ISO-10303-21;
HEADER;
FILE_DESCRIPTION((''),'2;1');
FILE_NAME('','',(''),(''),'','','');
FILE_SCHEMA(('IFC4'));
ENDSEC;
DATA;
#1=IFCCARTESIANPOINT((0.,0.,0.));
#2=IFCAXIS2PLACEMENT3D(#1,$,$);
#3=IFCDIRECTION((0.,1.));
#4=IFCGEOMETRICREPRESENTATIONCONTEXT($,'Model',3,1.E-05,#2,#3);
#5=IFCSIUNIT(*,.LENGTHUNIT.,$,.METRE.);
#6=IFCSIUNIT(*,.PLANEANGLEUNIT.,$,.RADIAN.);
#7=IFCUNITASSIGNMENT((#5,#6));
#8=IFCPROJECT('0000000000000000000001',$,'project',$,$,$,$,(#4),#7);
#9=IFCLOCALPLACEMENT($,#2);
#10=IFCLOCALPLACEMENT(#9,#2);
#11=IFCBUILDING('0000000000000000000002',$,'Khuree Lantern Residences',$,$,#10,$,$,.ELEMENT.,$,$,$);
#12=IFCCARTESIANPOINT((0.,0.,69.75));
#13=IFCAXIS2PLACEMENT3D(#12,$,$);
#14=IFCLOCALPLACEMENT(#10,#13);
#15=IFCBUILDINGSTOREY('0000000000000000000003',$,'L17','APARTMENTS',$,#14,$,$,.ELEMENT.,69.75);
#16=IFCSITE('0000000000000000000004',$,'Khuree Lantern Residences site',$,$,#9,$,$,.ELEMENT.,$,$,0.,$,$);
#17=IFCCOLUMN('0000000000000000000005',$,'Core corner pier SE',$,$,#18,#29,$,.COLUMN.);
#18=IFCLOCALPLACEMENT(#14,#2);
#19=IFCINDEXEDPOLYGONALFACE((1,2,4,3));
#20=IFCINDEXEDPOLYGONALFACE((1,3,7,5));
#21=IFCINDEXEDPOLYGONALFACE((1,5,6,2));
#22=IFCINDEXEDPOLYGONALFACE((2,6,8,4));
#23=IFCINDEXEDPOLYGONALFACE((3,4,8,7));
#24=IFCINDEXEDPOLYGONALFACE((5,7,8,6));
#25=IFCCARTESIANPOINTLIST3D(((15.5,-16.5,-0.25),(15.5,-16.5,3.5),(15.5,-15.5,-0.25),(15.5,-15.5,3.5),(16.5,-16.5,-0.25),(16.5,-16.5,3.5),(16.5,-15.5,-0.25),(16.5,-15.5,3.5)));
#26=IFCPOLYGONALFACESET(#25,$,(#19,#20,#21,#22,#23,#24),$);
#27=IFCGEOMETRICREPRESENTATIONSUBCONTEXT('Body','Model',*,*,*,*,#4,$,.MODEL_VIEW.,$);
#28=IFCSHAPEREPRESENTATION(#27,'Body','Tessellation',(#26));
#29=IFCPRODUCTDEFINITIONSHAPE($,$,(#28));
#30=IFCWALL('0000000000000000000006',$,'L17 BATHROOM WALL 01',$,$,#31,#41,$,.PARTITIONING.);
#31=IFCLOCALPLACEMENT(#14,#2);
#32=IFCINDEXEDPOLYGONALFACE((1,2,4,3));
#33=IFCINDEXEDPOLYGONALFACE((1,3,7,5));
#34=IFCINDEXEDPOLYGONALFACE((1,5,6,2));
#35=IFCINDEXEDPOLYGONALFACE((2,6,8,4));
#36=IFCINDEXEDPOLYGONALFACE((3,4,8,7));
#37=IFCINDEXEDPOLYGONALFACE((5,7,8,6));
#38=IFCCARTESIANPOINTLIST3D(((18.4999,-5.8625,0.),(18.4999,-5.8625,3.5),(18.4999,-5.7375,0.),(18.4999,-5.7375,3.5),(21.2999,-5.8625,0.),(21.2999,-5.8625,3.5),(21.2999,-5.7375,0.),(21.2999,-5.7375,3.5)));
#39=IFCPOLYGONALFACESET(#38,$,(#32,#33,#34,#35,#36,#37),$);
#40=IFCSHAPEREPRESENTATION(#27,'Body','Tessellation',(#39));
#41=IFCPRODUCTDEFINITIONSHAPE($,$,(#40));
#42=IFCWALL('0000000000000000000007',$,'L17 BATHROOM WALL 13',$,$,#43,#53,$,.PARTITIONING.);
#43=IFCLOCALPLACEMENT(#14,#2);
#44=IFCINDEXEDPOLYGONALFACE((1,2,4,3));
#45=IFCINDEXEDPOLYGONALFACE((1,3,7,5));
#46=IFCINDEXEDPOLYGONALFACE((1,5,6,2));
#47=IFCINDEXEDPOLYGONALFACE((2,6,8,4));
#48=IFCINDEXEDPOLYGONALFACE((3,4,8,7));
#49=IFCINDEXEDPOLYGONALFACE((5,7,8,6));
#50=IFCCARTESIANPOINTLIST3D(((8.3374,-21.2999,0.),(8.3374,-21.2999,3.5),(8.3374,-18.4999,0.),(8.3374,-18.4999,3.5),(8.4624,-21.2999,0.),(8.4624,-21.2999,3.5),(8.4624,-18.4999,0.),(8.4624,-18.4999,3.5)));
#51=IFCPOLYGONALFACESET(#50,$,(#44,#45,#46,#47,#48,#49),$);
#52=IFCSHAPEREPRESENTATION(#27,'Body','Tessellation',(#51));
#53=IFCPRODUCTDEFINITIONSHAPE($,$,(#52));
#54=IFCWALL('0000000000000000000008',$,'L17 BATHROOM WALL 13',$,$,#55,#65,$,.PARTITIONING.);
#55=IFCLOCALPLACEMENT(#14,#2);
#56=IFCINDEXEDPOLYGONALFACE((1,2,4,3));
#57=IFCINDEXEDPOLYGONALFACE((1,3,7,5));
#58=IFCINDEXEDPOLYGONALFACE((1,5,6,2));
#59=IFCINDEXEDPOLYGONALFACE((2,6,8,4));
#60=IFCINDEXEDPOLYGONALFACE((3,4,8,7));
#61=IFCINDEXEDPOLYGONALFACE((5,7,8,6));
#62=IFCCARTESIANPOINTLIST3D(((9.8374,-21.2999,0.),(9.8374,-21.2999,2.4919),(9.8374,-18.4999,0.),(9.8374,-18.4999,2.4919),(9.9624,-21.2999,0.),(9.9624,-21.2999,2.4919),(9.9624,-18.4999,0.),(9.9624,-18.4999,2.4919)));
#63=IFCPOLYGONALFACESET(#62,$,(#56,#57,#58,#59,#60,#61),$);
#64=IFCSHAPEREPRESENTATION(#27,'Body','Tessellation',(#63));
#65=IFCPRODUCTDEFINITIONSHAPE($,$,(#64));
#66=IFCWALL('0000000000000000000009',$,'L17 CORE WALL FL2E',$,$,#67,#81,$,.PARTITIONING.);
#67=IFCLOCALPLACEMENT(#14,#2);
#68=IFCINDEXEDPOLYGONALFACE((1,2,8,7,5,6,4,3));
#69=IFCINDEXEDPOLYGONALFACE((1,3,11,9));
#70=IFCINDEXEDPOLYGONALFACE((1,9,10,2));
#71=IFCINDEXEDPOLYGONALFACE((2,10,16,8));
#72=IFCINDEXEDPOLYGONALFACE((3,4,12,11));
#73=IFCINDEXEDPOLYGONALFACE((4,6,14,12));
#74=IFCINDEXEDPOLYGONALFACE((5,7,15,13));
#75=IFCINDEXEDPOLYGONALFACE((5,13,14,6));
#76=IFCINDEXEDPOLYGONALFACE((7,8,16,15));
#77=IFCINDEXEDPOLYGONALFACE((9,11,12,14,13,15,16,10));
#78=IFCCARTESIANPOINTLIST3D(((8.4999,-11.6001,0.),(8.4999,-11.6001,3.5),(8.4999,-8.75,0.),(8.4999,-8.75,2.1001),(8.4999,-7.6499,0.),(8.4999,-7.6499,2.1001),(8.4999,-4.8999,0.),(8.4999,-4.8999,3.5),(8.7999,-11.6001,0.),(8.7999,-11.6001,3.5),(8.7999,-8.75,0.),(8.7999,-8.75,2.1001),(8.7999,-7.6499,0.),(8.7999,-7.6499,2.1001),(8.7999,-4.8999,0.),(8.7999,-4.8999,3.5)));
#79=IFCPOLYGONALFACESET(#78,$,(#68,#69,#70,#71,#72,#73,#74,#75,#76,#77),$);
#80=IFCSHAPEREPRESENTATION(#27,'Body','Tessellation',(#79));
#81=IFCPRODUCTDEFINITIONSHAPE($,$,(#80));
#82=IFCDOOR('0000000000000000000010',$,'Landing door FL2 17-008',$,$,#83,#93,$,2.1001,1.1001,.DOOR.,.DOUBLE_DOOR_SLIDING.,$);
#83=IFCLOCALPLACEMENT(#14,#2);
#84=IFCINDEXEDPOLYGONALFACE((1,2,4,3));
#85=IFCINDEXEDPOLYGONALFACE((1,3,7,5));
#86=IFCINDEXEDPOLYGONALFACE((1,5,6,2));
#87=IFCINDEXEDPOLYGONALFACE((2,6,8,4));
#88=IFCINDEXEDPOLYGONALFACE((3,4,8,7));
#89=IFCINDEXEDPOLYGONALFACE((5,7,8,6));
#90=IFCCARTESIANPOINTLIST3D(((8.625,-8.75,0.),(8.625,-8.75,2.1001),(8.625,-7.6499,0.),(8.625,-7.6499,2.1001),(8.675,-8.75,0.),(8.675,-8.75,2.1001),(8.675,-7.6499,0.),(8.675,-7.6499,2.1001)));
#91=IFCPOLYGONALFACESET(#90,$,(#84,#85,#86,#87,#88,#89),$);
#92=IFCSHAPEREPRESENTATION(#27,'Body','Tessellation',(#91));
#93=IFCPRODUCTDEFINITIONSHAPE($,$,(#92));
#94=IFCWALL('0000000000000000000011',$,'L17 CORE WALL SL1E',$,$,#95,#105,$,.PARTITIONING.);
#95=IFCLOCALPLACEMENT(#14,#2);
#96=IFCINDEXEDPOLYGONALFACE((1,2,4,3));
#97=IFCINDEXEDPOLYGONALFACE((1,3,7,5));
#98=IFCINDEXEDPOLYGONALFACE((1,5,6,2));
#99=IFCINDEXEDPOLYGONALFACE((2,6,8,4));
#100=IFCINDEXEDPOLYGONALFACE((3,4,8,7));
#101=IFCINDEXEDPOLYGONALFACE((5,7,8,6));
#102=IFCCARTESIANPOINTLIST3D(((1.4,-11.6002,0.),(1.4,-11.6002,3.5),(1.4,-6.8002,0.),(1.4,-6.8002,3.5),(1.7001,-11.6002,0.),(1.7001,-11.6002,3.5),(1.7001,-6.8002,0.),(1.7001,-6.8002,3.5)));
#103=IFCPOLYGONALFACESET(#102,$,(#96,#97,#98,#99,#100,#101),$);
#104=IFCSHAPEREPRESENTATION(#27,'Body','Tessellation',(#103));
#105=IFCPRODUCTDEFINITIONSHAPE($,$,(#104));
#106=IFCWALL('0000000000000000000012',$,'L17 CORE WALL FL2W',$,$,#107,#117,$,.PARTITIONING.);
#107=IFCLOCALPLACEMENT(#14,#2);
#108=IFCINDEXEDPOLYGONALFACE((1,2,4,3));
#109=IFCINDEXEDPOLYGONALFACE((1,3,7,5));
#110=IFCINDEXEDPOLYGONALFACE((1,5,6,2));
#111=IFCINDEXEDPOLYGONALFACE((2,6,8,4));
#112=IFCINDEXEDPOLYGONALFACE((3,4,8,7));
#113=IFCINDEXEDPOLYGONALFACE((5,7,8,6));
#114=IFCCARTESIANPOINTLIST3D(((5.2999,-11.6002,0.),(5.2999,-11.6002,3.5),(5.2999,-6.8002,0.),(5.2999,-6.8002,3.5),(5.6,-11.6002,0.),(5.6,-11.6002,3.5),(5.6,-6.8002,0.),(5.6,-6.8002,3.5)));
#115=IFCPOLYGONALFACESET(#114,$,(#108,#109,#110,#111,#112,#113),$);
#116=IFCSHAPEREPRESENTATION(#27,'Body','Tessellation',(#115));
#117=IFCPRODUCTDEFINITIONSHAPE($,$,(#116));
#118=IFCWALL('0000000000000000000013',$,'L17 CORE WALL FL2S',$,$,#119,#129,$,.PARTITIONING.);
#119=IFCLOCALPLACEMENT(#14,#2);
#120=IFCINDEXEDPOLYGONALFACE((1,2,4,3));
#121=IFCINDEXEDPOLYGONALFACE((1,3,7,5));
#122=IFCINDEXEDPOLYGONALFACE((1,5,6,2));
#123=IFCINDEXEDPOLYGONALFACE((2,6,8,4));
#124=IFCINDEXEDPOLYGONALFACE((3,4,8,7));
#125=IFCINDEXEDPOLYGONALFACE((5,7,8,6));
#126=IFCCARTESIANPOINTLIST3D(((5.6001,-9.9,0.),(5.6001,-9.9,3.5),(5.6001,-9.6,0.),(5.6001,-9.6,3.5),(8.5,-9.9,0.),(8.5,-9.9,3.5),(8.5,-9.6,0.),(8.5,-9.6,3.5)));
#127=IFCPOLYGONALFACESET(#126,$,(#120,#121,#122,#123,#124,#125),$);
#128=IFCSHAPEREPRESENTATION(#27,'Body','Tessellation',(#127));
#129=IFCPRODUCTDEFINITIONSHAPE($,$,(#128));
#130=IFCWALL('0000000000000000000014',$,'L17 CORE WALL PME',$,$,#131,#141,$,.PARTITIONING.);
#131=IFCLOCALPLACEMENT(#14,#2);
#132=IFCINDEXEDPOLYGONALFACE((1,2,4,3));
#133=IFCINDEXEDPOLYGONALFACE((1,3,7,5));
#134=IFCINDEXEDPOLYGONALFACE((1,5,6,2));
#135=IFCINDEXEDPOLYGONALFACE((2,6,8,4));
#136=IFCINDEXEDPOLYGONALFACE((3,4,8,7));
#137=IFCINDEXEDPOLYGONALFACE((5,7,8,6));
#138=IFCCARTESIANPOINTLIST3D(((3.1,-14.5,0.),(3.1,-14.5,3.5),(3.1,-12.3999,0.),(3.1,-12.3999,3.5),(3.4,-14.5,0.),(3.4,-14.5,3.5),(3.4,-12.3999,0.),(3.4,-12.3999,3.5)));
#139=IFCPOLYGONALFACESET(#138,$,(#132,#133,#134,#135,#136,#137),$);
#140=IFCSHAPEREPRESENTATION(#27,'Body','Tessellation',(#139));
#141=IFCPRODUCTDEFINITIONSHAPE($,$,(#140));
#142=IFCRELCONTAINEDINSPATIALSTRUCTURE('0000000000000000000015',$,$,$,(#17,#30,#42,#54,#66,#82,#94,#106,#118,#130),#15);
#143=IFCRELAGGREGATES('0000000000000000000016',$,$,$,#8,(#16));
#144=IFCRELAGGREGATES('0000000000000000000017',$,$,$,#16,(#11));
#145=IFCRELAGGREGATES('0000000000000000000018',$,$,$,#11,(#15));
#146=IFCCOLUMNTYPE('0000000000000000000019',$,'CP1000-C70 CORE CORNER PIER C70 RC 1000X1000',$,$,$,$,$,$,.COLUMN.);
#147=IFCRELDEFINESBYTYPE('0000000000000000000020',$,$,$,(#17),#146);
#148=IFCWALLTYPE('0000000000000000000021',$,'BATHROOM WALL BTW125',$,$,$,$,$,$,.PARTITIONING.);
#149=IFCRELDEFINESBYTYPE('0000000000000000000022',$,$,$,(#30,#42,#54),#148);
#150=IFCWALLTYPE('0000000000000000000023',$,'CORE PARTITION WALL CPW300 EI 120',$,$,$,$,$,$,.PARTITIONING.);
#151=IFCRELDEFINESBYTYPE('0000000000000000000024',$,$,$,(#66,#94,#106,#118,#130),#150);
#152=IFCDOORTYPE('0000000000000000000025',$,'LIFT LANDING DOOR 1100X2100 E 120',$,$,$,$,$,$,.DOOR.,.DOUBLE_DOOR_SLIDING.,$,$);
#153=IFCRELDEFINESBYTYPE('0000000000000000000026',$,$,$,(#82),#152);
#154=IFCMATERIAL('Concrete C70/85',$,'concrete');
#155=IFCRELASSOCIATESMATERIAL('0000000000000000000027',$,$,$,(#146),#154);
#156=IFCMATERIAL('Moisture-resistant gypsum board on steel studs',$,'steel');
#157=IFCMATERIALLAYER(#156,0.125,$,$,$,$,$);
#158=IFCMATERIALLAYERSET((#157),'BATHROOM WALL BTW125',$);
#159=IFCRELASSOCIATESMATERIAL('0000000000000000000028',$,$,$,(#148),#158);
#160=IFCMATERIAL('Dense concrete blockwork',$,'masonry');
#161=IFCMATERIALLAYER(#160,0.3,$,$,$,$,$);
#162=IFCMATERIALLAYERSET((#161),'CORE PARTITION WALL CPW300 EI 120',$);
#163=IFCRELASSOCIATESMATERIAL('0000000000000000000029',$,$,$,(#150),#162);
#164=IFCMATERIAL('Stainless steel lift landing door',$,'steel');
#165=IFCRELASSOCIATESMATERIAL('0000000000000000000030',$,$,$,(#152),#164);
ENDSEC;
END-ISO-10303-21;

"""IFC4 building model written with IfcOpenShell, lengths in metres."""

from ifc_helpers import new_model, si_unit, direction, frame, frame_2d, origin, origin_2d, place, context, subcontext, project, spatial, rectangle, extrude, material, layer, layer_set, material_profile, profile_set, type_object, element, fill, save


model = new_model("IFC4")

# Units and contexts
model_context = context("Model", 3, precision=1e-05, world=origin(), true_north=direction((0.0, 1.0)))
body_context = subcontext(model_context, "Body", "Model", "MODEL_VIEW")
ifc_project = project(units=[si_unit("LENGTHUNIT", "METRE"), si_unit("PLANEANGLEUNIT", "RADIAN")], contexts=[model_context])

# Site, building, storey
site_placement = place(None, origin())
site = spatial("IfcSite", under=ifc_project, at=site_placement, Name="Khuree Lantern Residences site", CompositionType="ELEMENT", RefElevation=0.0)
building_placement = place(site_placement, origin())
building = spatial("IfcBuilding", under=site, at=building_placement, Name="Khuree Lantern Residences", CompositionType="ELEMENT")
storey_placement = place(building_placement, frame((0.0, 0.0, 69.75)))
storey = spatial("IfcBuildingStorey", under=building, at=storey_placement, Name="L17", Description="APARTMENTS", CompositionType="ELEMENT", Elevation=69.75)

# Column
ifc_material_1 = material(Name="Concrete C70/85", Category="concrete")
ifc_material_profile = material_profile(ifc_material_1, rectangle(XDim=1.0, YDim=1.0, at=origin_2d()), Name="RC 1000X1000")
ifc_profile_set = profile_set([ifc_material_profile], Name="Concrete C70/85")
column_type = type_object("IfcColumnType", Name="CP1000-C70 CORE CORNER PIER C70 RC 1000X1000", PredefinedType="COLUMN", material=ifc_profile_set)
column_placement = place(storey_placement, frame((16.0, -16.0, -0.25), z_axis=(0.0, 0.0, 1.0), x_axis=(1.0, 0.0, 0.0)))
element("IfcColumn", 1, at=column_placement, inside=storey, type_object=column_type, Name="Core corner pier SE", PredefinedType="COLUMN", context=body_context, shape_type="SweptSolid", body=[
    extrude(rectangle(XDim=1.0, YDim=1.0, at=origin_2d()), origin(), (0.0, 0.0, 1.0), 3.75),
])

# Walls
ifc_material_2 = material(Name="Moisture-resistant gypsum board on steel studs", Category="steel")
ifc_layer_1 = layer(ifc_material_2, 0.125)
ifc_layer_set_1 = layer_set([ifc_layer_1], Name="BATHROOM WALL BTW125")
wall_type_1 = type_object("IfcWallType", Name="BATHROOM WALL BTW125", PredefinedType="PARTITIONING", material=ifc_layer_set_1)
for number, where, z_axis, x_axis, name in (
    (2, (18.5, -5.8, 0.0), (0.0, 0.0, 1.0), (1.0, 0.0, 0.0), "L17 BATHROOM WALL 01"),
    (3, (8.3999, -18.5, 0.0), (0.0, 0.0, 1.0), (0.0, -1.0, 0.0), "L17 BATHROOM WALL 13"),
):
    element("IfcWall", number, at=place(storey_placement, frame(where, z_axis=z_axis, x_axis=x_axis)), inside=storey, type_object=wall_type_1, Name=name, PredefinedType="PARTITIONING", context=body_context, shape_type="SweptSolid", body=[
        extrude(rectangle(XDim=2.8, YDim=0.125, at=frame_2d((1.3999, 0.0))), origin(), (0.0, 0.0, 1.0), 3.5),
    ])
wall_1_placement = place(storey_placement, frame((9.8999, -18.5, 0.0), z_axis=(0.0, 0.0, 1.0), x_axis=(0.0, -1.0, 0.0)))
element("IfcWall", 4, at=wall_1_placement, inside=storey, type_object=wall_type_1, Name="L17 BATHROOM WALL 13", PredefinedType="PARTITIONING", context=body_context, shape_type="SweptSolid", body=[
    extrude(rectangle(XDim=2.8, YDim=0.125, at=frame_2d((1.3999, 0.0))), origin(), (0.0, 0.0, 1.0), 2.4919),
])

# Wall, opening, door
ifc_material_3 = material(Name="Dense concrete blockwork", Category="masonry")
ifc_layer_2 = layer(ifc_material_3, 0.3)
ifc_layer_set_2 = layer_set([ifc_layer_2], Name="CORE PARTITION WALL CPW300 EI 120")
wall_type_2 = type_object("IfcWallType", Name="CORE PARTITION WALL CPW300 EI 120", PredefinedType="PARTITIONING", material=ifc_layer_set_2)
wall_2_placement = place(storey_placement, frame((8.6499, -11.6001, 0.0), z_axis=(0.0, 0.0, 1.0), x_axis=(0.0, 1.0, 0.0)))
wall_2 = element("IfcWall", 5, at=wall_2_placement, inside=storey, type_object=wall_type_2, Name="L17 CORE WALL FL2E", PredefinedType="PARTITIONING", context=body_context, shape_type="SweptSolid", body=[
    extrude(rectangle(XDim=6.7002, YDim=0.3, at=frame_2d((3.3501, 0.0))), origin(), (0.0, 0.0, 1.0), 3.5),
])
opening_1_placement = place(wall_2_placement, frame((2.8501, 0.0, 0.0)))
opening_1 = element("IfcOpeningElement", 6, at=opening_1_placement, cuts=wall_2, PredefinedType="OPENING", context=body_context, shape_type="SweptSolid", body=[
    extrude(rectangle(XDim=1.1001, YDim=2.1001, at=frame_2d((0.55, 1.05))), frame((0.0, 0.1602, 0.0), z_axis=(0.0, -1.0, 0.0), x_axis=(1.0, 0.0, 0.0)), (0.0, 0.0, 1.0), 0.3201),
])
ifc_material_4 = material(Name="Stainless steel lift landing door", Category="steel")
door_type_1 = type_object("IfcDoorType", Name="LIFT LANDING DOOR 1100X2100 E 120", OperationType="DOUBLE_DOOR_SLIDING", PredefinedType="DOOR", material=ifc_material_4)
door_1_placement = place(opening_1_placement, origin())
door_1 = element("IfcDoor", 7, at=door_1_placement, inside=storey, type_object=door_type_1, Name="Landing door FL2 17-008", OperationType="DOUBLE_DOOR_SLIDING", OverallHeight=2.1001, OverallWidth=1.1001, PredefinedType="DOOR", context=body_context, shape_type="SweptSolid", body=[
    extrude(rectangle(XDim=1.1001, YDim=2.1001, at=frame_2d((0.55, 1.05))), frame((0.0, 0.0249, 0.0), z_axis=(0.0, -1.0, 0.0), x_axis=(1.0, 0.0, 0.0)), (0.0, 0.0, 1.0), 0.05),
])
fill(opening_1, door_1)

# Walls
for number, where, z_axis, x_axis, name in (
    (8, (1.55, -11.6001, 0.0), (0.0, 0.0, 1.0), (0.0, 1.0, 0.0), "L17 CORE WALL SL1E"),
    (9, (5.45, -11.6001, 0.0), (0.0, 0.0, 1.0), (0.0, 1.0, 0.0), "L17 CORE WALL FL2W"),
):
    element("IfcWall", number, at=place(storey_placement, frame(where, z_axis=z_axis, x_axis=x_axis)), inside=storey, type_object=wall_type_2, Name=name, PredefinedType="PARTITIONING", context=body_context, shape_type="SweptSolid", body=[
        extrude(rectangle(XDim=4.8, YDim=0.3, at=frame_2d((2.3999, 0.0))), origin(), (0.0, 0.0, 1.0), 3.5),
    ])
wall_3_placement = place(storey_placement, frame((5.6001, -9.75, 0.0), z_axis=(0.0, 0.0, 1.0), x_axis=(1.0, 0.0, 0.0)))
element("IfcWall", 10, at=wall_3_placement, inside=storey, type_object=wall_type_2, Name="L17 CORE WALL FL2S", PredefinedType="PARTITIONING", context=body_context, shape_type="SweptSolid", body=[
    extrude(rectangle(XDim=2.8999, YDim=0.3, at=frame_2d((1.45, 0.0))), origin(), (0.0, 0.0, 1.0), 3.5),
])
wall_4_placement = place(storey_placement, frame((3.25, -14.5, 0.0), z_axis=(0.0, 0.0, 1.0), x_axis=(0.0, 1.0, 0.0)))
element("IfcWall", 11, at=wall_4_placement, inside=storey, type_object=wall_type_2, Name="L17 CORE WALL PME", PredefinedType="PARTITIONING", context=body_context, shape_type="SweptSolid", body=[
    extrude(rectangle(XDim=2.1001, YDim=0.3, at=frame_2d((1.05, 0.0))), origin(), (0.0, 0.0, 1.0), 3.5),
])

save(model, "model.ifc")
